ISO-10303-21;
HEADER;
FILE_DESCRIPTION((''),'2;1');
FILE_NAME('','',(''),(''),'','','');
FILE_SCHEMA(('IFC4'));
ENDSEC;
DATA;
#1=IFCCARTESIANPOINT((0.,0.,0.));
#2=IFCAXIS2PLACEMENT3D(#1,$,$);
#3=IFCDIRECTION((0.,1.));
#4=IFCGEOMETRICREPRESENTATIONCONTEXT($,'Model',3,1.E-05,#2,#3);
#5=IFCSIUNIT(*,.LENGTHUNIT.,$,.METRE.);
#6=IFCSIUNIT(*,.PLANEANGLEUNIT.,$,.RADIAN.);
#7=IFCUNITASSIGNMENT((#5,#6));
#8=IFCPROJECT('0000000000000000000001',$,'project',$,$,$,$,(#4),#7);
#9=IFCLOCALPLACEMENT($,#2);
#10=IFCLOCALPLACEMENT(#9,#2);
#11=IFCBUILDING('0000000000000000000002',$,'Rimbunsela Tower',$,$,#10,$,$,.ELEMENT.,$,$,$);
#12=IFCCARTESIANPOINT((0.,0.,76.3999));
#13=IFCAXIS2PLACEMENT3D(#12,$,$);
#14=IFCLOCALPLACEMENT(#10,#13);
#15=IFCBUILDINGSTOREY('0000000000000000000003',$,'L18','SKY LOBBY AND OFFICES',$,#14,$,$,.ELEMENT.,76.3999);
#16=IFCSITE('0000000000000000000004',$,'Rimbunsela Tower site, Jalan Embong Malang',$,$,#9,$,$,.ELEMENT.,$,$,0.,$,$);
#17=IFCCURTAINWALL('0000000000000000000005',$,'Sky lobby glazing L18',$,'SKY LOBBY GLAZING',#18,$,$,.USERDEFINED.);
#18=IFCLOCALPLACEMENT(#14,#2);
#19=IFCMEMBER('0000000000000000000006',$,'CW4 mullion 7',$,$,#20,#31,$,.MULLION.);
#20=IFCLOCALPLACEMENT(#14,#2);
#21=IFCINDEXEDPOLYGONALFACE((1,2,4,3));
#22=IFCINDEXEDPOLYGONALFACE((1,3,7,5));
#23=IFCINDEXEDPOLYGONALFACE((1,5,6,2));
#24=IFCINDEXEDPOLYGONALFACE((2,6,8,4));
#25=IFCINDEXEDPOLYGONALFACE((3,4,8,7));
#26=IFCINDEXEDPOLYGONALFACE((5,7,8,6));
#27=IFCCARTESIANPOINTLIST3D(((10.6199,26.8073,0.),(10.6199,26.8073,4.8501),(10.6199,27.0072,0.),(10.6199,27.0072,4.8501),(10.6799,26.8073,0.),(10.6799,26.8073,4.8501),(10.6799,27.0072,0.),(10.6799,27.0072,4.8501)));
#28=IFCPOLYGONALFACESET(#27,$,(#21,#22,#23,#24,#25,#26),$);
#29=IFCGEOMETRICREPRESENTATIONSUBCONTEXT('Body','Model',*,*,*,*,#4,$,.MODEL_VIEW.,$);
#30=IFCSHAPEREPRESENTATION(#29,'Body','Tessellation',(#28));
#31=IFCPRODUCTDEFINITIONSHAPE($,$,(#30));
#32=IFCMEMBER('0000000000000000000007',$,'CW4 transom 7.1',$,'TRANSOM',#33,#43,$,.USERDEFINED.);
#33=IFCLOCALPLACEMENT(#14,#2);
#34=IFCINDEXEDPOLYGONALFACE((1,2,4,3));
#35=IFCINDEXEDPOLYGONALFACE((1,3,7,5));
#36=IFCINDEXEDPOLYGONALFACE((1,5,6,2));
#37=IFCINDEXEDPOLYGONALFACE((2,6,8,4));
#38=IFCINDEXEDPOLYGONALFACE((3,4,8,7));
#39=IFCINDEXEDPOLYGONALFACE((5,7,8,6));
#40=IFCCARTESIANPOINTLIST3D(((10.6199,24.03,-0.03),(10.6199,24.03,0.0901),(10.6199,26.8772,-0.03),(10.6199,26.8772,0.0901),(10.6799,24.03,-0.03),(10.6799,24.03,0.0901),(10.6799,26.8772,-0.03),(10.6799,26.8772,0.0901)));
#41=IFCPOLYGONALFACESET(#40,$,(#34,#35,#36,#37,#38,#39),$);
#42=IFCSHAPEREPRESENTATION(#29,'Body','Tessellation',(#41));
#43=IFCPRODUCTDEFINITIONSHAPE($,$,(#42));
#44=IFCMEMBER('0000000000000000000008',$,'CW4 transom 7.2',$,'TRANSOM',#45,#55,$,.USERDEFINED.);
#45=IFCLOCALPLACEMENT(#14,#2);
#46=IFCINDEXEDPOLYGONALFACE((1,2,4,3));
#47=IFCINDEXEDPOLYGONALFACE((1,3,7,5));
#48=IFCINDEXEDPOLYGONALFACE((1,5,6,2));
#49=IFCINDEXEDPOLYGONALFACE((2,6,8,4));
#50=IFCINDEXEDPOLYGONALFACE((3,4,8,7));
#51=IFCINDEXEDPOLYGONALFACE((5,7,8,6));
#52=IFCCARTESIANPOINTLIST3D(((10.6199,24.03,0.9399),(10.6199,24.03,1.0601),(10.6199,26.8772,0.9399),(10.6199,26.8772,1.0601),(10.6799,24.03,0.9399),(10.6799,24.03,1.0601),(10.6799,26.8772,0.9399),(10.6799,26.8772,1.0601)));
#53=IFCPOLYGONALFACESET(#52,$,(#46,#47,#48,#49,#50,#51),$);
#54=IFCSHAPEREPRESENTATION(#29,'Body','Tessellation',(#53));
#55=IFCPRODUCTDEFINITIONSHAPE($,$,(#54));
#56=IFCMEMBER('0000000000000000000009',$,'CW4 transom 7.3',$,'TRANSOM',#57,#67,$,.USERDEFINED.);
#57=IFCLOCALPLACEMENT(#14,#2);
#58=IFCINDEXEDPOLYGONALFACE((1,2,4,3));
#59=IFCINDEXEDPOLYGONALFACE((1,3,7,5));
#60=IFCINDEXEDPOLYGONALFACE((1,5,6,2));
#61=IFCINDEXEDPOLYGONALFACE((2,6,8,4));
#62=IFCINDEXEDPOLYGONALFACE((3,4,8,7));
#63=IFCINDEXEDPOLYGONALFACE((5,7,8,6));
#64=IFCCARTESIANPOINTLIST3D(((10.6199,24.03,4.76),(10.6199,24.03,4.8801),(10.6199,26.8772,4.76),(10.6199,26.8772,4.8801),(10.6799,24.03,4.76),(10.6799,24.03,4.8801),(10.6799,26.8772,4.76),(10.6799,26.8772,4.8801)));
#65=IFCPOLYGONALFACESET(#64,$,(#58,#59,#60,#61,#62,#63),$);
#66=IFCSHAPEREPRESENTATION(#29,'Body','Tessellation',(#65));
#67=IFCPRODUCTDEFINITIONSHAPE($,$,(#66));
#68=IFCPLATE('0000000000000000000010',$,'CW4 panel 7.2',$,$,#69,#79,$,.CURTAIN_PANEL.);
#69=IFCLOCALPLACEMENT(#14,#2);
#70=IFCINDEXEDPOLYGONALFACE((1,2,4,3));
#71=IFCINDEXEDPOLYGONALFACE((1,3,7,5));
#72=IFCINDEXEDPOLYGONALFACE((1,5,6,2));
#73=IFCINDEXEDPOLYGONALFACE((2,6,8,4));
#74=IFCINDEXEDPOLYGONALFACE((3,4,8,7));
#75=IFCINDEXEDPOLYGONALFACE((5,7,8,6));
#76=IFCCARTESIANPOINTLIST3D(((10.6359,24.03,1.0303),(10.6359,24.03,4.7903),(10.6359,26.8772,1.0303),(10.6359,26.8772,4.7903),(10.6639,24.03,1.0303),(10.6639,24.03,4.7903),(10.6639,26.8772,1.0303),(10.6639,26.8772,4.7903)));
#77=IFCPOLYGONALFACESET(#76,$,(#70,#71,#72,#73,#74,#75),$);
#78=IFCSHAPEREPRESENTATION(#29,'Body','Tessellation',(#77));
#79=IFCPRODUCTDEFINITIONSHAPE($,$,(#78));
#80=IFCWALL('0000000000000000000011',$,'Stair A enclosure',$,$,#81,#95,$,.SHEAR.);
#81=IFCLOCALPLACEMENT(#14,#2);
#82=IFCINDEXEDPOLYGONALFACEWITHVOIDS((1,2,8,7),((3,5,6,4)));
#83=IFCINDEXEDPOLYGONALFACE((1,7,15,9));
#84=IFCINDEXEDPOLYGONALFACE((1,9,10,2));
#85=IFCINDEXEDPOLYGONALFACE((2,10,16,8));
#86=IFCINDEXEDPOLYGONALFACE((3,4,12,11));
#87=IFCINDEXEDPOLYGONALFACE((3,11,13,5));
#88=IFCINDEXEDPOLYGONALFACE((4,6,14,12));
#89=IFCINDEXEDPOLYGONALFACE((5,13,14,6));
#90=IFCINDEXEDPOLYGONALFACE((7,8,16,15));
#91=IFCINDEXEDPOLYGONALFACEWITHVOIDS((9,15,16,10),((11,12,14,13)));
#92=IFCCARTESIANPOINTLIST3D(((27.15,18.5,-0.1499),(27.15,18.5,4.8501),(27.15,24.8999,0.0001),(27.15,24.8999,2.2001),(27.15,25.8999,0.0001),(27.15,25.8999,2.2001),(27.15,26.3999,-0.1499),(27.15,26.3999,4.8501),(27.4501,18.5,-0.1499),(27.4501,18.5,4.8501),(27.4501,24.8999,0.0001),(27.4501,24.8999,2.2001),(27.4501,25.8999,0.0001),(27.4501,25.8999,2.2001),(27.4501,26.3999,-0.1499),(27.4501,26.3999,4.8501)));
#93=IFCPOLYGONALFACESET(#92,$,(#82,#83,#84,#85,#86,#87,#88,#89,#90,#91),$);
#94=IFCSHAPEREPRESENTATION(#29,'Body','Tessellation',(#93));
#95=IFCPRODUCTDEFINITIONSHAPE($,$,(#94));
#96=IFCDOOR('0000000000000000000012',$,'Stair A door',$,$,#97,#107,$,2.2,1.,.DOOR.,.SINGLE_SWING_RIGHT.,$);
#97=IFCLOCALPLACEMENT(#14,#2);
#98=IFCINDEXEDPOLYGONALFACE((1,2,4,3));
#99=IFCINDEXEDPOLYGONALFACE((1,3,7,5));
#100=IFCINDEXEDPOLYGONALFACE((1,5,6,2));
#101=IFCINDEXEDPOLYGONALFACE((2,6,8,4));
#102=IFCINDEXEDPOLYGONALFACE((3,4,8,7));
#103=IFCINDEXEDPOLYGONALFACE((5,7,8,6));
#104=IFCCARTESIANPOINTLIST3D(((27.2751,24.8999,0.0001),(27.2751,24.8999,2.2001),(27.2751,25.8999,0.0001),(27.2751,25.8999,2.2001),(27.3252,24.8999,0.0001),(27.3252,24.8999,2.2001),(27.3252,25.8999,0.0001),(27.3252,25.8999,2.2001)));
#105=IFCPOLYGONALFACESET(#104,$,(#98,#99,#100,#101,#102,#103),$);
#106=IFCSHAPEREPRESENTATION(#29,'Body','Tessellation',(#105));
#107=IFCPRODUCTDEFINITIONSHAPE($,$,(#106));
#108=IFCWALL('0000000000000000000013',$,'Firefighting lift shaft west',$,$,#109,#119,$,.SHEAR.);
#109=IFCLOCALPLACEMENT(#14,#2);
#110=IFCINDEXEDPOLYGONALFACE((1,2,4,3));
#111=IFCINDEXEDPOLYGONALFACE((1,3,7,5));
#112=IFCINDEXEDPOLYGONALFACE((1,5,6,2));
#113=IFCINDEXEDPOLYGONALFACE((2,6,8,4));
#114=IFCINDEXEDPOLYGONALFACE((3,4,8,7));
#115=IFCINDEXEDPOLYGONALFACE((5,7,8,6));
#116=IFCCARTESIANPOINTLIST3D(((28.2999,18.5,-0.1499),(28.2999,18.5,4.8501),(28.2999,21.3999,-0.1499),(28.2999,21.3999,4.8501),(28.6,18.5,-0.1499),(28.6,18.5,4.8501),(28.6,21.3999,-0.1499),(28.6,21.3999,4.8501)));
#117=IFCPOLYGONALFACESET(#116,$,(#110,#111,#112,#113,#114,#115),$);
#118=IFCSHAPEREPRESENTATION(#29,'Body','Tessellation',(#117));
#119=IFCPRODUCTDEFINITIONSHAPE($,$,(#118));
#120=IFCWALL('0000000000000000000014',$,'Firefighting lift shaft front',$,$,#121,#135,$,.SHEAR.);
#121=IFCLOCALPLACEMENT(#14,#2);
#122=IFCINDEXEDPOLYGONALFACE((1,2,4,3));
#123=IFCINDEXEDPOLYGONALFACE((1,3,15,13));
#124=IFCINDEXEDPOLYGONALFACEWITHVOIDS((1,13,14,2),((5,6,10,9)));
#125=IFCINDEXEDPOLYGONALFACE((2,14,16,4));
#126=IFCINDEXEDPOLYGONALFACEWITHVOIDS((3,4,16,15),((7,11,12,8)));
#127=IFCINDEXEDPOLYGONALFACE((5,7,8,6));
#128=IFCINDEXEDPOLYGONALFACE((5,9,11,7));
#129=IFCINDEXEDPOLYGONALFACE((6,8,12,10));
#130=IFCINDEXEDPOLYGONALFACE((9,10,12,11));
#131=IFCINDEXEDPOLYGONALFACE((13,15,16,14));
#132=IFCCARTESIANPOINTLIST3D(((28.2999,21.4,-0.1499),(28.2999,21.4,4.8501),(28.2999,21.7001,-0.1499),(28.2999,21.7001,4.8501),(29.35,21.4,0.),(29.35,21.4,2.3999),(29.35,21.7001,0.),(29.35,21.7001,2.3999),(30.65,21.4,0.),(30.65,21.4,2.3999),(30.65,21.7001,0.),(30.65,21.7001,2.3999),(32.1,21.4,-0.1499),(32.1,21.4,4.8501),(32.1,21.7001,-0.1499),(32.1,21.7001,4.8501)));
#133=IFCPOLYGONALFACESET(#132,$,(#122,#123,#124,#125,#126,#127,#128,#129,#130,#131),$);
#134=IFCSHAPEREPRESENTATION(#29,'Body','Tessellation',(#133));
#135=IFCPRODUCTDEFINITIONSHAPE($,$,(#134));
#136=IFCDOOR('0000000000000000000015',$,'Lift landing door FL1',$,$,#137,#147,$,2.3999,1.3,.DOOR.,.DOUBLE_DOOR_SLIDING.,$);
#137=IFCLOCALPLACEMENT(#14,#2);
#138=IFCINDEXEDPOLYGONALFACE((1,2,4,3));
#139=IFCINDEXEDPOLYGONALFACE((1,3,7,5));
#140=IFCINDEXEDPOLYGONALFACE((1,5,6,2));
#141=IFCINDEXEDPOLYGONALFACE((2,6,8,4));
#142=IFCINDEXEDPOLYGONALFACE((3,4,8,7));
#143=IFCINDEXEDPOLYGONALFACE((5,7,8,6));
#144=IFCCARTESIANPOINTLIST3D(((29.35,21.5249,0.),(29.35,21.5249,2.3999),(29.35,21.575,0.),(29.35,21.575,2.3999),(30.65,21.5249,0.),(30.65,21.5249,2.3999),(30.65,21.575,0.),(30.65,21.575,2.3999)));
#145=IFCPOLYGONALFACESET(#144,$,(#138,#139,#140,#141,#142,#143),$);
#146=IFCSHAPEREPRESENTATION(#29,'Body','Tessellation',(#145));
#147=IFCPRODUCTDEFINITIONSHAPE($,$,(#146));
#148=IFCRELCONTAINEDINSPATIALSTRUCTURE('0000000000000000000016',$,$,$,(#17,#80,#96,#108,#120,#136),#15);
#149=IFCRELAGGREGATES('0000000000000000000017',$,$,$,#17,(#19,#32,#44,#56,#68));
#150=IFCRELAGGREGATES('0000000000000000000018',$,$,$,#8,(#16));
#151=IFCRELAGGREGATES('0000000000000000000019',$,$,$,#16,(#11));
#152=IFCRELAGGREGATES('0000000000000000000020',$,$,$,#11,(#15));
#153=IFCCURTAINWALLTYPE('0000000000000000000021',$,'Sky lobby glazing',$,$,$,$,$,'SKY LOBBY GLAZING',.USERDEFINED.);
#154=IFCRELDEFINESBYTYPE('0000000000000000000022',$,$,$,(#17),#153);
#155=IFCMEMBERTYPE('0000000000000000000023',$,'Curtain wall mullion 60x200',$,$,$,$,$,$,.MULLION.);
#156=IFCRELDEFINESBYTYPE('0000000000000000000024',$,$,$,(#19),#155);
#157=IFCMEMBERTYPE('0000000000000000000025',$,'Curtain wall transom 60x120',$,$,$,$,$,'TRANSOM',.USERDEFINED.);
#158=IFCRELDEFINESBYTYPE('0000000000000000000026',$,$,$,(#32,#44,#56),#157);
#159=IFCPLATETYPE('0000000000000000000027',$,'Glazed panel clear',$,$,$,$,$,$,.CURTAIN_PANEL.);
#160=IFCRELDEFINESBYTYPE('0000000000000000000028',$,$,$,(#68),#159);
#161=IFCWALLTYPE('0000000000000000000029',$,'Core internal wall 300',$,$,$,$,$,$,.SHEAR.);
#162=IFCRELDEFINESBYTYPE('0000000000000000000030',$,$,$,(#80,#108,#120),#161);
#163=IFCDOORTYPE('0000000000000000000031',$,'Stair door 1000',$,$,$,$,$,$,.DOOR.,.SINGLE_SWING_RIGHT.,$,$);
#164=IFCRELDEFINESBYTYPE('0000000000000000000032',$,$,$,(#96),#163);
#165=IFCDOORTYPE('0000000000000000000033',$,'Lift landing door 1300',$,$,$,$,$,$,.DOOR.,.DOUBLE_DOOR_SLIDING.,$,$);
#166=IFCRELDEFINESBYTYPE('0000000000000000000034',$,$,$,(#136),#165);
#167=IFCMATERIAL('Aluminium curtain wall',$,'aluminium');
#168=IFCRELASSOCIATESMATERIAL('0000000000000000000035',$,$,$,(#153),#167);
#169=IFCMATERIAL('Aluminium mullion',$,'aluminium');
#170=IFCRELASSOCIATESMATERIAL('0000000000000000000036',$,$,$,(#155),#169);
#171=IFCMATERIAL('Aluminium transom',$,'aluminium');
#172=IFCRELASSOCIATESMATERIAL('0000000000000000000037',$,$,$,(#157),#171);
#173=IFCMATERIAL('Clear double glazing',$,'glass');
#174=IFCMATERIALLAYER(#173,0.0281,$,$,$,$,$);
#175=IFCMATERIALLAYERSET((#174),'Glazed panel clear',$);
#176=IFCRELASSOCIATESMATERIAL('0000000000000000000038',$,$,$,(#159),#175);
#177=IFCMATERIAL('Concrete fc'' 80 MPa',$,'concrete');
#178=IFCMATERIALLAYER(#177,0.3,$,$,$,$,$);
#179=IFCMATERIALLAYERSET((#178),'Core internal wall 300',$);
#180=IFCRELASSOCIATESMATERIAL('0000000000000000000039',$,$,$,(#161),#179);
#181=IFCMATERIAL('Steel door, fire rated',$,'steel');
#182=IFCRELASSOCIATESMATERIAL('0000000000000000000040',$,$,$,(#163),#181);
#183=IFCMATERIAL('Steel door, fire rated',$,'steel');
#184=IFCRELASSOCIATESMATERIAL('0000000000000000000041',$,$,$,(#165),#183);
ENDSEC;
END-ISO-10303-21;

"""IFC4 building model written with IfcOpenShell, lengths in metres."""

from ifc_helpers import new_model, si_unit, direction, frame, frame_2d, origin, origin_2d, place, context, subcontext, project, spatial, rectangle, extrude, material, layer, layer_set, material_profile, profile_set, type_object, element, fill, aggregate, save


model = new_model("IFC4")

# Units and contexts
model_context = context("Model", 3, precision=1e-05, world=origin(), true_north=direction((0.0, 1.0)))
body_context = subcontext(model_context, "Body", "Model", "MODEL_VIEW")
ifc_project = project(units=[si_unit("LENGTHUNIT", "METRE"), si_unit("PLANEANGLEUNIT", "RADIAN")], contexts=[model_context])

# Site, building, storey
site_placement = place(None, origin())
site = spatial("IfcSite", under=ifc_project, at=site_placement, Name="Rimbunsela Tower site, Jalan Embong Malang", CompositionType="ELEMENT", RefElevation=0.0)
building_placement = place(site_placement, origin())
building = spatial("IfcBuilding", under=site, at=building_placement, Name="Rimbunsela Tower", CompositionType="ELEMENT")
storey_placement = place(building_placement, frame((0.0, 0.0, 76.3999)))
storey = spatial("IfcBuildingStorey", under=building, at=storey_placement, Name="L18", Description="SKY LOBBY AND OFFICES", CompositionType="ELEMENT", Elevation=76.3999)

# Curtain wall, members, plate
ifc_material_1 = material(Name="Aluminium curtain wall", Category="aluminium")
curtain_wall_type = type_object("IfcCurtainWallType", Name="Sky lobby glazing", ElementType="SKY LOBBY GLAZING", PredefinedType="USERDEFINED", material=ifc_material_1)
curtain_wall_placement = place(storey_placement, origin())
curtain_wall = element("IfcCurtainWall", 1, at=curtain_wall_placement, inside=storey, type_object=curtain_wall_type, Name="Sky lobby glazing L18", ObjectType="SKY LOBBY GLAZING", PredefinedType="USERDEFINED")
ifc_material_2 = material(Name="Aluminium mullion", Category="aluminium")
ifc_material_profile_1 = material_profile(ifc_material_2, rectangle(XDim=0.0601, YDim=0.2, at=origin_2d()), Name="Mullion 60x200")
ifc_profile_set_1 = profile_set([ifc_material_profile_1], Name="Aluminium mullion")
member_type_1 = type_object("IfcMemberType", Name="Curtain wall mullion 60x200", PredefinedType="MULLION", material=ifc_profile_set_1)
member_1_placement = place(storey_placement, frame((10.6499, 26.9072, 0.0), z_axis=(0.0, 0.0, 1.0), x_axis=(1.0, 0.0, 0.0)))
member_1 = element("IfcMember", 2, at=member_1_placement, type_object=member_type_1, Name="CW4 mullion 7", PredefinedType="MULLION", context=body_context, shape_type="SweptSolid", body=[
    extrude(rectangle(XDim=0.0601, YDim=0.2, at=origin_2d()), origin(), (0.0, 0.0, 1.0), 4.8501),
])
ifc_material_3 = material(Name="Aluminium transom", Category="aluminium")
ifc_material_profile_2 = material_profile(ifc_material_3, rectangle(XDim=0.0601, YDim=0.1201, at=origin_2d()), Name="Transom 60x120")
ifc_profile_set_2 = profile_set([ifc_material_profile_2], Name="Aluminium transom")
member_type_2 = type_object("IfcMemberType", Name="Curtain wall transom 60x120", ElementType="TRANSOM", PredefinedType="USERDEFINED", material=ifc_profile_set_2)
member_2_placement = place(storey_placement, frame((10.6499, 26.8772, 0.03), z_axis=(0.0, -1.0, 0.0), x_axis=(1.0, 0.0, 0.0)))
member_2 = element("IfcMember", 3, at=member_2_placement, type_object=member_type_2, Name="CW4 transom 7.1", ObjectType="TRANSOM", PredefinedType="USERDEFINED", context=body_context, shape_type="SweptSolid", body=[
    extrude(rectangle(XDim=0.0601, YDim=0.1201, at=origin_2d()), origin(), (0.0, 0.0, 1.0), 2.8472),
])
member_3_placement = place(storey_placement, frame((10.6499, 26.8772, 1.0), z_axis=(0.0, -1.0, 0.0), x_axis=(1.0, 0.0, 0.0)))
member_3 = element("IfcMember", 4, at=member_3_placement, type_object=member_type_2, Name="CW4 transom 7.2", ObjectType="TRANSOM", PredefinedType="USERDEFINED", context=body_context, shape_type="SweptSolid", body=[
    extrude(rectangle(XDim=0.0601, YDim=0.1201, at=origin_2d()), origin(), (0.0, 0.0, 1.0), 2.8472),
])
member_4_placement = place(storey_placement, frame((10.6499, 26.8772, 4.8201), z_axis=(0.0, -1.0, 0.0), x_axis=(1.0, 0.0, 0.0)))
member_4 = element("IfcMember", 5, at=member_4_placement, type_object=member_type_2, Name="CW4 transom 7.3", ObjectType="TRANSOM", PredefinedType="USERDEFINED", context=body_context, shape_type="SweptSolid", body=[
    extrude(rectangle(XDim=0.0601, YDim=0.1201, at=origin_2d()), origin(), (0.0, 0.0, 1.0), 2.8472),
])
ifc_material_4 = material(Name="Clear double glazing", Category="glass")
ifc_layer_1 = layer(ifc_material_4, 0.0281)
ifc_layer_set_1 = layer_set([ifc_layer_1], Name="Glazed panel clear")
plate_type = type_object("IfcPlateType", Name="Glazed panel clear", PredefinedType="CURTAIN_PANEL", material=ifc_layer_set_1)
plate_placement = place(storey_placement, frame((10.6499, 25.4536, 1.0303), z_axis=(0.0, 0.0, 1.0), x_axis=(0.0, -1.0, 0.0)))
plate = element("IfcPlate", 6, at=plate_placement, type_object=plate_type, Name="CW4 panel 7.2", PredefinedType="CURTAIN_PANEL", context=body_context, shape_type="SweptSolid", body=[
    extrude(rectangle(XDim=2.8472, YDim=0.0281, at=origin_2d()), origin(), (0.0, 0.0, 1.0), 3.76),
])
aggregate(curtain_wall, [member_1, member_2, member_3, member_4, plate])

# Wall, opening, door
ifc_material_5 = material(Name="Concrete fc' 80 MPa", Category="concrete")
ifc_layer_2 = layer(ifc_material_5, 0.3)
ifc_layer_set_2 = layer_set([ifc_layer_2], Name="Core internal wall 300")
wall_type_1 = type_object("IfcWallType", Name="Core internal wall 300", PredefinedType="SHEAR", material=ifc_layer_set_2)
wall_1_placement = place(storey_placement, frame((27.3, 18.5, -0.1499), z_axis=(0.0, 0.0, 1.0), x_axis=(0.0, 1.0, 0.0)))
wall_1 = element("IfcWall", 7, at=wall_1_placement, inside=storey, type_object=wall_type_1, Name="Stair A enclosure", PredefinedType="SHEAR", context=body_context, shape_type="SweptSolid", body=[
    extrude(rectangle(XDim=7.8999, YDim=0.3, at=frame_2d((3.95, 0.0))), origin(), (0.0, 0.0, 1.0), 5.0),
])
opening_1_placement = place(wall_1_placement, frame((6.3999, 0.0, 0.1499)))
opening_1 = element("IfcOpeningElement", 8, at=opening_1_placement, cuts=wall_1, PredefinedType="OPENING", context=body_context, shape_type="SweptSolid", body=[
    extrude(rectangle(XDim=1.0, YDim=2.2, at=frame_2d((0.5, 1.1001))), frame((0.0, 0.1599, 0.0), z_axis=(0.0, -1.0, 0.0), x_axis=(1.0, 0.0, 0.0)), (0.0, 0.0, 1.0), 0.3201),
])
ifc_material_6 = material(Name="Steel door, fire rated", Category="steel")
door_type_1 = type_object("IfcDoorType", Name="Stair door 1000", OperationType="SINGLE_SWING_RIGHT", PredefinedType="DOOR", material=ifc_material_6)
door_1_placement = place(opening_1_placement, origin())
door_1 = element("IfcDoor", 9, at=door_1_placement, inside=storey, type_object=door_type_1, Name="Stair A door", OperationType="SINGLE_SWING_RIGHT", OverallHeight=2.2, OverallWidth=1.0, PredefinedType="DOOR", context=body_context, shape_type="SweptSolid", body=[
    extrude(rectangle(XDim=1.0, YDim=2.2, at=frame_2d((0.5, 1.1001))), frame((0.0, 0.0249, 0.0), z_axis=(0.0, -1.0, 0.0), x_axis=(1.0, 0.0, 0.0)), (0.0, 0.0, 1.0), 0.05),
])
fill(opening_1, door_1)

# Wall
wall_2_placement = place(storey_placement, frame((28.45, 18.5, -0.1499), z_axis=(0.0, 0.0, 1.0), x_axis=(0.0, 1.0, 0.0)))
element("IfcWall", 10, at=wall_2_placement, inside=storey, type_object=wall_type_1, Name="Firefighting lift shaft west", PredefinedType="SHEAR", context=body_context, shape_type="SweptSolid", body=[
    extrude(rectangle(XDim=2.8999, YDim=0.3, at=frame_2d((1.45, 0.0))), origin(), (0.0, 0.0, 1.0), 5.0),
])

# Wall, opening, door
wall_3_placement = place(storey_placement, frame((28.3, 21.55, -0.1499), z_axis=(0.0, 0.0, 1.0), x_axis=(1.0, 0.0, 0.0)))
wall_3 = element("IfcWall", 11, at=wall_3_placement, inside=storey, type_object=wall_type_1, Name="Firefighting lift shaft front", PredefinedType="SHEAR", context=body_context, shape_type="SweptSolid", body=[
    extrude(rectangle(XDim=3.8, YDim=0.3, at=frame_2d((1.8999, 0.0))), origin(), (0.0, 0.0, 1.0), 5.0),
])
opening_2_placement = place(wall_3_placement, frame((1.05, 0.0, 0.1499)))
opening_2 = element("IfcOpeningElement", 12, at=opening_2_placement, cuts=wall_3, PredefinedType="OPENING", context=body_context, shape_type="SweptSolid", body=[
    extrude(rectangle(XDim=1.3, YDim=2.3999, at=frame_2d((0.6499, 1.2))), frame((0.0, 0.1599, 0.0), z_axis=(0.0, -1.0, 0.0), x_axis=(1.0, 0.0, 0.0)), (0.0, 0.0, 1.0), 0.3201),
])
ifc_material_7 = material(Name="Steel door, fire rated", Category="steel")
door_type_2 = type_object("IfcDoorType", Name="Lift landing door 1300", OperationType="DOUBLE_DOOR_SLIDING", PredefinedType="DOOR", material=ifc_material_7)
door_2_placement = place(opening_2_placement, origin())
door_2 = element("IfcDoor", 13, at=door_2_placement, inside=storey, type_object=door_type_2, Name="Lift landing door FL1", OperationType="DOUBLE_DOOR_SLIDING", OverallHeight=2.3999, OverallWidth=1.3, PredefinedType="DOOR", context=body_context, shape_type="SweptSolid", body=[
    extrude(rectangle(XDim=1.3, YDim=2.3999, at=frame_2d((0.6499, 1.2))), frame((0.0, 0.0249, 0.0), z_axis=(0.0, -1.0, 0.0), x_axis=(1.0, 0.0, 0.0)), (0.0, 0.0, 1.0), 0.05),
])
fill(opening_2, door_2)

save(model, "model.ifc")
